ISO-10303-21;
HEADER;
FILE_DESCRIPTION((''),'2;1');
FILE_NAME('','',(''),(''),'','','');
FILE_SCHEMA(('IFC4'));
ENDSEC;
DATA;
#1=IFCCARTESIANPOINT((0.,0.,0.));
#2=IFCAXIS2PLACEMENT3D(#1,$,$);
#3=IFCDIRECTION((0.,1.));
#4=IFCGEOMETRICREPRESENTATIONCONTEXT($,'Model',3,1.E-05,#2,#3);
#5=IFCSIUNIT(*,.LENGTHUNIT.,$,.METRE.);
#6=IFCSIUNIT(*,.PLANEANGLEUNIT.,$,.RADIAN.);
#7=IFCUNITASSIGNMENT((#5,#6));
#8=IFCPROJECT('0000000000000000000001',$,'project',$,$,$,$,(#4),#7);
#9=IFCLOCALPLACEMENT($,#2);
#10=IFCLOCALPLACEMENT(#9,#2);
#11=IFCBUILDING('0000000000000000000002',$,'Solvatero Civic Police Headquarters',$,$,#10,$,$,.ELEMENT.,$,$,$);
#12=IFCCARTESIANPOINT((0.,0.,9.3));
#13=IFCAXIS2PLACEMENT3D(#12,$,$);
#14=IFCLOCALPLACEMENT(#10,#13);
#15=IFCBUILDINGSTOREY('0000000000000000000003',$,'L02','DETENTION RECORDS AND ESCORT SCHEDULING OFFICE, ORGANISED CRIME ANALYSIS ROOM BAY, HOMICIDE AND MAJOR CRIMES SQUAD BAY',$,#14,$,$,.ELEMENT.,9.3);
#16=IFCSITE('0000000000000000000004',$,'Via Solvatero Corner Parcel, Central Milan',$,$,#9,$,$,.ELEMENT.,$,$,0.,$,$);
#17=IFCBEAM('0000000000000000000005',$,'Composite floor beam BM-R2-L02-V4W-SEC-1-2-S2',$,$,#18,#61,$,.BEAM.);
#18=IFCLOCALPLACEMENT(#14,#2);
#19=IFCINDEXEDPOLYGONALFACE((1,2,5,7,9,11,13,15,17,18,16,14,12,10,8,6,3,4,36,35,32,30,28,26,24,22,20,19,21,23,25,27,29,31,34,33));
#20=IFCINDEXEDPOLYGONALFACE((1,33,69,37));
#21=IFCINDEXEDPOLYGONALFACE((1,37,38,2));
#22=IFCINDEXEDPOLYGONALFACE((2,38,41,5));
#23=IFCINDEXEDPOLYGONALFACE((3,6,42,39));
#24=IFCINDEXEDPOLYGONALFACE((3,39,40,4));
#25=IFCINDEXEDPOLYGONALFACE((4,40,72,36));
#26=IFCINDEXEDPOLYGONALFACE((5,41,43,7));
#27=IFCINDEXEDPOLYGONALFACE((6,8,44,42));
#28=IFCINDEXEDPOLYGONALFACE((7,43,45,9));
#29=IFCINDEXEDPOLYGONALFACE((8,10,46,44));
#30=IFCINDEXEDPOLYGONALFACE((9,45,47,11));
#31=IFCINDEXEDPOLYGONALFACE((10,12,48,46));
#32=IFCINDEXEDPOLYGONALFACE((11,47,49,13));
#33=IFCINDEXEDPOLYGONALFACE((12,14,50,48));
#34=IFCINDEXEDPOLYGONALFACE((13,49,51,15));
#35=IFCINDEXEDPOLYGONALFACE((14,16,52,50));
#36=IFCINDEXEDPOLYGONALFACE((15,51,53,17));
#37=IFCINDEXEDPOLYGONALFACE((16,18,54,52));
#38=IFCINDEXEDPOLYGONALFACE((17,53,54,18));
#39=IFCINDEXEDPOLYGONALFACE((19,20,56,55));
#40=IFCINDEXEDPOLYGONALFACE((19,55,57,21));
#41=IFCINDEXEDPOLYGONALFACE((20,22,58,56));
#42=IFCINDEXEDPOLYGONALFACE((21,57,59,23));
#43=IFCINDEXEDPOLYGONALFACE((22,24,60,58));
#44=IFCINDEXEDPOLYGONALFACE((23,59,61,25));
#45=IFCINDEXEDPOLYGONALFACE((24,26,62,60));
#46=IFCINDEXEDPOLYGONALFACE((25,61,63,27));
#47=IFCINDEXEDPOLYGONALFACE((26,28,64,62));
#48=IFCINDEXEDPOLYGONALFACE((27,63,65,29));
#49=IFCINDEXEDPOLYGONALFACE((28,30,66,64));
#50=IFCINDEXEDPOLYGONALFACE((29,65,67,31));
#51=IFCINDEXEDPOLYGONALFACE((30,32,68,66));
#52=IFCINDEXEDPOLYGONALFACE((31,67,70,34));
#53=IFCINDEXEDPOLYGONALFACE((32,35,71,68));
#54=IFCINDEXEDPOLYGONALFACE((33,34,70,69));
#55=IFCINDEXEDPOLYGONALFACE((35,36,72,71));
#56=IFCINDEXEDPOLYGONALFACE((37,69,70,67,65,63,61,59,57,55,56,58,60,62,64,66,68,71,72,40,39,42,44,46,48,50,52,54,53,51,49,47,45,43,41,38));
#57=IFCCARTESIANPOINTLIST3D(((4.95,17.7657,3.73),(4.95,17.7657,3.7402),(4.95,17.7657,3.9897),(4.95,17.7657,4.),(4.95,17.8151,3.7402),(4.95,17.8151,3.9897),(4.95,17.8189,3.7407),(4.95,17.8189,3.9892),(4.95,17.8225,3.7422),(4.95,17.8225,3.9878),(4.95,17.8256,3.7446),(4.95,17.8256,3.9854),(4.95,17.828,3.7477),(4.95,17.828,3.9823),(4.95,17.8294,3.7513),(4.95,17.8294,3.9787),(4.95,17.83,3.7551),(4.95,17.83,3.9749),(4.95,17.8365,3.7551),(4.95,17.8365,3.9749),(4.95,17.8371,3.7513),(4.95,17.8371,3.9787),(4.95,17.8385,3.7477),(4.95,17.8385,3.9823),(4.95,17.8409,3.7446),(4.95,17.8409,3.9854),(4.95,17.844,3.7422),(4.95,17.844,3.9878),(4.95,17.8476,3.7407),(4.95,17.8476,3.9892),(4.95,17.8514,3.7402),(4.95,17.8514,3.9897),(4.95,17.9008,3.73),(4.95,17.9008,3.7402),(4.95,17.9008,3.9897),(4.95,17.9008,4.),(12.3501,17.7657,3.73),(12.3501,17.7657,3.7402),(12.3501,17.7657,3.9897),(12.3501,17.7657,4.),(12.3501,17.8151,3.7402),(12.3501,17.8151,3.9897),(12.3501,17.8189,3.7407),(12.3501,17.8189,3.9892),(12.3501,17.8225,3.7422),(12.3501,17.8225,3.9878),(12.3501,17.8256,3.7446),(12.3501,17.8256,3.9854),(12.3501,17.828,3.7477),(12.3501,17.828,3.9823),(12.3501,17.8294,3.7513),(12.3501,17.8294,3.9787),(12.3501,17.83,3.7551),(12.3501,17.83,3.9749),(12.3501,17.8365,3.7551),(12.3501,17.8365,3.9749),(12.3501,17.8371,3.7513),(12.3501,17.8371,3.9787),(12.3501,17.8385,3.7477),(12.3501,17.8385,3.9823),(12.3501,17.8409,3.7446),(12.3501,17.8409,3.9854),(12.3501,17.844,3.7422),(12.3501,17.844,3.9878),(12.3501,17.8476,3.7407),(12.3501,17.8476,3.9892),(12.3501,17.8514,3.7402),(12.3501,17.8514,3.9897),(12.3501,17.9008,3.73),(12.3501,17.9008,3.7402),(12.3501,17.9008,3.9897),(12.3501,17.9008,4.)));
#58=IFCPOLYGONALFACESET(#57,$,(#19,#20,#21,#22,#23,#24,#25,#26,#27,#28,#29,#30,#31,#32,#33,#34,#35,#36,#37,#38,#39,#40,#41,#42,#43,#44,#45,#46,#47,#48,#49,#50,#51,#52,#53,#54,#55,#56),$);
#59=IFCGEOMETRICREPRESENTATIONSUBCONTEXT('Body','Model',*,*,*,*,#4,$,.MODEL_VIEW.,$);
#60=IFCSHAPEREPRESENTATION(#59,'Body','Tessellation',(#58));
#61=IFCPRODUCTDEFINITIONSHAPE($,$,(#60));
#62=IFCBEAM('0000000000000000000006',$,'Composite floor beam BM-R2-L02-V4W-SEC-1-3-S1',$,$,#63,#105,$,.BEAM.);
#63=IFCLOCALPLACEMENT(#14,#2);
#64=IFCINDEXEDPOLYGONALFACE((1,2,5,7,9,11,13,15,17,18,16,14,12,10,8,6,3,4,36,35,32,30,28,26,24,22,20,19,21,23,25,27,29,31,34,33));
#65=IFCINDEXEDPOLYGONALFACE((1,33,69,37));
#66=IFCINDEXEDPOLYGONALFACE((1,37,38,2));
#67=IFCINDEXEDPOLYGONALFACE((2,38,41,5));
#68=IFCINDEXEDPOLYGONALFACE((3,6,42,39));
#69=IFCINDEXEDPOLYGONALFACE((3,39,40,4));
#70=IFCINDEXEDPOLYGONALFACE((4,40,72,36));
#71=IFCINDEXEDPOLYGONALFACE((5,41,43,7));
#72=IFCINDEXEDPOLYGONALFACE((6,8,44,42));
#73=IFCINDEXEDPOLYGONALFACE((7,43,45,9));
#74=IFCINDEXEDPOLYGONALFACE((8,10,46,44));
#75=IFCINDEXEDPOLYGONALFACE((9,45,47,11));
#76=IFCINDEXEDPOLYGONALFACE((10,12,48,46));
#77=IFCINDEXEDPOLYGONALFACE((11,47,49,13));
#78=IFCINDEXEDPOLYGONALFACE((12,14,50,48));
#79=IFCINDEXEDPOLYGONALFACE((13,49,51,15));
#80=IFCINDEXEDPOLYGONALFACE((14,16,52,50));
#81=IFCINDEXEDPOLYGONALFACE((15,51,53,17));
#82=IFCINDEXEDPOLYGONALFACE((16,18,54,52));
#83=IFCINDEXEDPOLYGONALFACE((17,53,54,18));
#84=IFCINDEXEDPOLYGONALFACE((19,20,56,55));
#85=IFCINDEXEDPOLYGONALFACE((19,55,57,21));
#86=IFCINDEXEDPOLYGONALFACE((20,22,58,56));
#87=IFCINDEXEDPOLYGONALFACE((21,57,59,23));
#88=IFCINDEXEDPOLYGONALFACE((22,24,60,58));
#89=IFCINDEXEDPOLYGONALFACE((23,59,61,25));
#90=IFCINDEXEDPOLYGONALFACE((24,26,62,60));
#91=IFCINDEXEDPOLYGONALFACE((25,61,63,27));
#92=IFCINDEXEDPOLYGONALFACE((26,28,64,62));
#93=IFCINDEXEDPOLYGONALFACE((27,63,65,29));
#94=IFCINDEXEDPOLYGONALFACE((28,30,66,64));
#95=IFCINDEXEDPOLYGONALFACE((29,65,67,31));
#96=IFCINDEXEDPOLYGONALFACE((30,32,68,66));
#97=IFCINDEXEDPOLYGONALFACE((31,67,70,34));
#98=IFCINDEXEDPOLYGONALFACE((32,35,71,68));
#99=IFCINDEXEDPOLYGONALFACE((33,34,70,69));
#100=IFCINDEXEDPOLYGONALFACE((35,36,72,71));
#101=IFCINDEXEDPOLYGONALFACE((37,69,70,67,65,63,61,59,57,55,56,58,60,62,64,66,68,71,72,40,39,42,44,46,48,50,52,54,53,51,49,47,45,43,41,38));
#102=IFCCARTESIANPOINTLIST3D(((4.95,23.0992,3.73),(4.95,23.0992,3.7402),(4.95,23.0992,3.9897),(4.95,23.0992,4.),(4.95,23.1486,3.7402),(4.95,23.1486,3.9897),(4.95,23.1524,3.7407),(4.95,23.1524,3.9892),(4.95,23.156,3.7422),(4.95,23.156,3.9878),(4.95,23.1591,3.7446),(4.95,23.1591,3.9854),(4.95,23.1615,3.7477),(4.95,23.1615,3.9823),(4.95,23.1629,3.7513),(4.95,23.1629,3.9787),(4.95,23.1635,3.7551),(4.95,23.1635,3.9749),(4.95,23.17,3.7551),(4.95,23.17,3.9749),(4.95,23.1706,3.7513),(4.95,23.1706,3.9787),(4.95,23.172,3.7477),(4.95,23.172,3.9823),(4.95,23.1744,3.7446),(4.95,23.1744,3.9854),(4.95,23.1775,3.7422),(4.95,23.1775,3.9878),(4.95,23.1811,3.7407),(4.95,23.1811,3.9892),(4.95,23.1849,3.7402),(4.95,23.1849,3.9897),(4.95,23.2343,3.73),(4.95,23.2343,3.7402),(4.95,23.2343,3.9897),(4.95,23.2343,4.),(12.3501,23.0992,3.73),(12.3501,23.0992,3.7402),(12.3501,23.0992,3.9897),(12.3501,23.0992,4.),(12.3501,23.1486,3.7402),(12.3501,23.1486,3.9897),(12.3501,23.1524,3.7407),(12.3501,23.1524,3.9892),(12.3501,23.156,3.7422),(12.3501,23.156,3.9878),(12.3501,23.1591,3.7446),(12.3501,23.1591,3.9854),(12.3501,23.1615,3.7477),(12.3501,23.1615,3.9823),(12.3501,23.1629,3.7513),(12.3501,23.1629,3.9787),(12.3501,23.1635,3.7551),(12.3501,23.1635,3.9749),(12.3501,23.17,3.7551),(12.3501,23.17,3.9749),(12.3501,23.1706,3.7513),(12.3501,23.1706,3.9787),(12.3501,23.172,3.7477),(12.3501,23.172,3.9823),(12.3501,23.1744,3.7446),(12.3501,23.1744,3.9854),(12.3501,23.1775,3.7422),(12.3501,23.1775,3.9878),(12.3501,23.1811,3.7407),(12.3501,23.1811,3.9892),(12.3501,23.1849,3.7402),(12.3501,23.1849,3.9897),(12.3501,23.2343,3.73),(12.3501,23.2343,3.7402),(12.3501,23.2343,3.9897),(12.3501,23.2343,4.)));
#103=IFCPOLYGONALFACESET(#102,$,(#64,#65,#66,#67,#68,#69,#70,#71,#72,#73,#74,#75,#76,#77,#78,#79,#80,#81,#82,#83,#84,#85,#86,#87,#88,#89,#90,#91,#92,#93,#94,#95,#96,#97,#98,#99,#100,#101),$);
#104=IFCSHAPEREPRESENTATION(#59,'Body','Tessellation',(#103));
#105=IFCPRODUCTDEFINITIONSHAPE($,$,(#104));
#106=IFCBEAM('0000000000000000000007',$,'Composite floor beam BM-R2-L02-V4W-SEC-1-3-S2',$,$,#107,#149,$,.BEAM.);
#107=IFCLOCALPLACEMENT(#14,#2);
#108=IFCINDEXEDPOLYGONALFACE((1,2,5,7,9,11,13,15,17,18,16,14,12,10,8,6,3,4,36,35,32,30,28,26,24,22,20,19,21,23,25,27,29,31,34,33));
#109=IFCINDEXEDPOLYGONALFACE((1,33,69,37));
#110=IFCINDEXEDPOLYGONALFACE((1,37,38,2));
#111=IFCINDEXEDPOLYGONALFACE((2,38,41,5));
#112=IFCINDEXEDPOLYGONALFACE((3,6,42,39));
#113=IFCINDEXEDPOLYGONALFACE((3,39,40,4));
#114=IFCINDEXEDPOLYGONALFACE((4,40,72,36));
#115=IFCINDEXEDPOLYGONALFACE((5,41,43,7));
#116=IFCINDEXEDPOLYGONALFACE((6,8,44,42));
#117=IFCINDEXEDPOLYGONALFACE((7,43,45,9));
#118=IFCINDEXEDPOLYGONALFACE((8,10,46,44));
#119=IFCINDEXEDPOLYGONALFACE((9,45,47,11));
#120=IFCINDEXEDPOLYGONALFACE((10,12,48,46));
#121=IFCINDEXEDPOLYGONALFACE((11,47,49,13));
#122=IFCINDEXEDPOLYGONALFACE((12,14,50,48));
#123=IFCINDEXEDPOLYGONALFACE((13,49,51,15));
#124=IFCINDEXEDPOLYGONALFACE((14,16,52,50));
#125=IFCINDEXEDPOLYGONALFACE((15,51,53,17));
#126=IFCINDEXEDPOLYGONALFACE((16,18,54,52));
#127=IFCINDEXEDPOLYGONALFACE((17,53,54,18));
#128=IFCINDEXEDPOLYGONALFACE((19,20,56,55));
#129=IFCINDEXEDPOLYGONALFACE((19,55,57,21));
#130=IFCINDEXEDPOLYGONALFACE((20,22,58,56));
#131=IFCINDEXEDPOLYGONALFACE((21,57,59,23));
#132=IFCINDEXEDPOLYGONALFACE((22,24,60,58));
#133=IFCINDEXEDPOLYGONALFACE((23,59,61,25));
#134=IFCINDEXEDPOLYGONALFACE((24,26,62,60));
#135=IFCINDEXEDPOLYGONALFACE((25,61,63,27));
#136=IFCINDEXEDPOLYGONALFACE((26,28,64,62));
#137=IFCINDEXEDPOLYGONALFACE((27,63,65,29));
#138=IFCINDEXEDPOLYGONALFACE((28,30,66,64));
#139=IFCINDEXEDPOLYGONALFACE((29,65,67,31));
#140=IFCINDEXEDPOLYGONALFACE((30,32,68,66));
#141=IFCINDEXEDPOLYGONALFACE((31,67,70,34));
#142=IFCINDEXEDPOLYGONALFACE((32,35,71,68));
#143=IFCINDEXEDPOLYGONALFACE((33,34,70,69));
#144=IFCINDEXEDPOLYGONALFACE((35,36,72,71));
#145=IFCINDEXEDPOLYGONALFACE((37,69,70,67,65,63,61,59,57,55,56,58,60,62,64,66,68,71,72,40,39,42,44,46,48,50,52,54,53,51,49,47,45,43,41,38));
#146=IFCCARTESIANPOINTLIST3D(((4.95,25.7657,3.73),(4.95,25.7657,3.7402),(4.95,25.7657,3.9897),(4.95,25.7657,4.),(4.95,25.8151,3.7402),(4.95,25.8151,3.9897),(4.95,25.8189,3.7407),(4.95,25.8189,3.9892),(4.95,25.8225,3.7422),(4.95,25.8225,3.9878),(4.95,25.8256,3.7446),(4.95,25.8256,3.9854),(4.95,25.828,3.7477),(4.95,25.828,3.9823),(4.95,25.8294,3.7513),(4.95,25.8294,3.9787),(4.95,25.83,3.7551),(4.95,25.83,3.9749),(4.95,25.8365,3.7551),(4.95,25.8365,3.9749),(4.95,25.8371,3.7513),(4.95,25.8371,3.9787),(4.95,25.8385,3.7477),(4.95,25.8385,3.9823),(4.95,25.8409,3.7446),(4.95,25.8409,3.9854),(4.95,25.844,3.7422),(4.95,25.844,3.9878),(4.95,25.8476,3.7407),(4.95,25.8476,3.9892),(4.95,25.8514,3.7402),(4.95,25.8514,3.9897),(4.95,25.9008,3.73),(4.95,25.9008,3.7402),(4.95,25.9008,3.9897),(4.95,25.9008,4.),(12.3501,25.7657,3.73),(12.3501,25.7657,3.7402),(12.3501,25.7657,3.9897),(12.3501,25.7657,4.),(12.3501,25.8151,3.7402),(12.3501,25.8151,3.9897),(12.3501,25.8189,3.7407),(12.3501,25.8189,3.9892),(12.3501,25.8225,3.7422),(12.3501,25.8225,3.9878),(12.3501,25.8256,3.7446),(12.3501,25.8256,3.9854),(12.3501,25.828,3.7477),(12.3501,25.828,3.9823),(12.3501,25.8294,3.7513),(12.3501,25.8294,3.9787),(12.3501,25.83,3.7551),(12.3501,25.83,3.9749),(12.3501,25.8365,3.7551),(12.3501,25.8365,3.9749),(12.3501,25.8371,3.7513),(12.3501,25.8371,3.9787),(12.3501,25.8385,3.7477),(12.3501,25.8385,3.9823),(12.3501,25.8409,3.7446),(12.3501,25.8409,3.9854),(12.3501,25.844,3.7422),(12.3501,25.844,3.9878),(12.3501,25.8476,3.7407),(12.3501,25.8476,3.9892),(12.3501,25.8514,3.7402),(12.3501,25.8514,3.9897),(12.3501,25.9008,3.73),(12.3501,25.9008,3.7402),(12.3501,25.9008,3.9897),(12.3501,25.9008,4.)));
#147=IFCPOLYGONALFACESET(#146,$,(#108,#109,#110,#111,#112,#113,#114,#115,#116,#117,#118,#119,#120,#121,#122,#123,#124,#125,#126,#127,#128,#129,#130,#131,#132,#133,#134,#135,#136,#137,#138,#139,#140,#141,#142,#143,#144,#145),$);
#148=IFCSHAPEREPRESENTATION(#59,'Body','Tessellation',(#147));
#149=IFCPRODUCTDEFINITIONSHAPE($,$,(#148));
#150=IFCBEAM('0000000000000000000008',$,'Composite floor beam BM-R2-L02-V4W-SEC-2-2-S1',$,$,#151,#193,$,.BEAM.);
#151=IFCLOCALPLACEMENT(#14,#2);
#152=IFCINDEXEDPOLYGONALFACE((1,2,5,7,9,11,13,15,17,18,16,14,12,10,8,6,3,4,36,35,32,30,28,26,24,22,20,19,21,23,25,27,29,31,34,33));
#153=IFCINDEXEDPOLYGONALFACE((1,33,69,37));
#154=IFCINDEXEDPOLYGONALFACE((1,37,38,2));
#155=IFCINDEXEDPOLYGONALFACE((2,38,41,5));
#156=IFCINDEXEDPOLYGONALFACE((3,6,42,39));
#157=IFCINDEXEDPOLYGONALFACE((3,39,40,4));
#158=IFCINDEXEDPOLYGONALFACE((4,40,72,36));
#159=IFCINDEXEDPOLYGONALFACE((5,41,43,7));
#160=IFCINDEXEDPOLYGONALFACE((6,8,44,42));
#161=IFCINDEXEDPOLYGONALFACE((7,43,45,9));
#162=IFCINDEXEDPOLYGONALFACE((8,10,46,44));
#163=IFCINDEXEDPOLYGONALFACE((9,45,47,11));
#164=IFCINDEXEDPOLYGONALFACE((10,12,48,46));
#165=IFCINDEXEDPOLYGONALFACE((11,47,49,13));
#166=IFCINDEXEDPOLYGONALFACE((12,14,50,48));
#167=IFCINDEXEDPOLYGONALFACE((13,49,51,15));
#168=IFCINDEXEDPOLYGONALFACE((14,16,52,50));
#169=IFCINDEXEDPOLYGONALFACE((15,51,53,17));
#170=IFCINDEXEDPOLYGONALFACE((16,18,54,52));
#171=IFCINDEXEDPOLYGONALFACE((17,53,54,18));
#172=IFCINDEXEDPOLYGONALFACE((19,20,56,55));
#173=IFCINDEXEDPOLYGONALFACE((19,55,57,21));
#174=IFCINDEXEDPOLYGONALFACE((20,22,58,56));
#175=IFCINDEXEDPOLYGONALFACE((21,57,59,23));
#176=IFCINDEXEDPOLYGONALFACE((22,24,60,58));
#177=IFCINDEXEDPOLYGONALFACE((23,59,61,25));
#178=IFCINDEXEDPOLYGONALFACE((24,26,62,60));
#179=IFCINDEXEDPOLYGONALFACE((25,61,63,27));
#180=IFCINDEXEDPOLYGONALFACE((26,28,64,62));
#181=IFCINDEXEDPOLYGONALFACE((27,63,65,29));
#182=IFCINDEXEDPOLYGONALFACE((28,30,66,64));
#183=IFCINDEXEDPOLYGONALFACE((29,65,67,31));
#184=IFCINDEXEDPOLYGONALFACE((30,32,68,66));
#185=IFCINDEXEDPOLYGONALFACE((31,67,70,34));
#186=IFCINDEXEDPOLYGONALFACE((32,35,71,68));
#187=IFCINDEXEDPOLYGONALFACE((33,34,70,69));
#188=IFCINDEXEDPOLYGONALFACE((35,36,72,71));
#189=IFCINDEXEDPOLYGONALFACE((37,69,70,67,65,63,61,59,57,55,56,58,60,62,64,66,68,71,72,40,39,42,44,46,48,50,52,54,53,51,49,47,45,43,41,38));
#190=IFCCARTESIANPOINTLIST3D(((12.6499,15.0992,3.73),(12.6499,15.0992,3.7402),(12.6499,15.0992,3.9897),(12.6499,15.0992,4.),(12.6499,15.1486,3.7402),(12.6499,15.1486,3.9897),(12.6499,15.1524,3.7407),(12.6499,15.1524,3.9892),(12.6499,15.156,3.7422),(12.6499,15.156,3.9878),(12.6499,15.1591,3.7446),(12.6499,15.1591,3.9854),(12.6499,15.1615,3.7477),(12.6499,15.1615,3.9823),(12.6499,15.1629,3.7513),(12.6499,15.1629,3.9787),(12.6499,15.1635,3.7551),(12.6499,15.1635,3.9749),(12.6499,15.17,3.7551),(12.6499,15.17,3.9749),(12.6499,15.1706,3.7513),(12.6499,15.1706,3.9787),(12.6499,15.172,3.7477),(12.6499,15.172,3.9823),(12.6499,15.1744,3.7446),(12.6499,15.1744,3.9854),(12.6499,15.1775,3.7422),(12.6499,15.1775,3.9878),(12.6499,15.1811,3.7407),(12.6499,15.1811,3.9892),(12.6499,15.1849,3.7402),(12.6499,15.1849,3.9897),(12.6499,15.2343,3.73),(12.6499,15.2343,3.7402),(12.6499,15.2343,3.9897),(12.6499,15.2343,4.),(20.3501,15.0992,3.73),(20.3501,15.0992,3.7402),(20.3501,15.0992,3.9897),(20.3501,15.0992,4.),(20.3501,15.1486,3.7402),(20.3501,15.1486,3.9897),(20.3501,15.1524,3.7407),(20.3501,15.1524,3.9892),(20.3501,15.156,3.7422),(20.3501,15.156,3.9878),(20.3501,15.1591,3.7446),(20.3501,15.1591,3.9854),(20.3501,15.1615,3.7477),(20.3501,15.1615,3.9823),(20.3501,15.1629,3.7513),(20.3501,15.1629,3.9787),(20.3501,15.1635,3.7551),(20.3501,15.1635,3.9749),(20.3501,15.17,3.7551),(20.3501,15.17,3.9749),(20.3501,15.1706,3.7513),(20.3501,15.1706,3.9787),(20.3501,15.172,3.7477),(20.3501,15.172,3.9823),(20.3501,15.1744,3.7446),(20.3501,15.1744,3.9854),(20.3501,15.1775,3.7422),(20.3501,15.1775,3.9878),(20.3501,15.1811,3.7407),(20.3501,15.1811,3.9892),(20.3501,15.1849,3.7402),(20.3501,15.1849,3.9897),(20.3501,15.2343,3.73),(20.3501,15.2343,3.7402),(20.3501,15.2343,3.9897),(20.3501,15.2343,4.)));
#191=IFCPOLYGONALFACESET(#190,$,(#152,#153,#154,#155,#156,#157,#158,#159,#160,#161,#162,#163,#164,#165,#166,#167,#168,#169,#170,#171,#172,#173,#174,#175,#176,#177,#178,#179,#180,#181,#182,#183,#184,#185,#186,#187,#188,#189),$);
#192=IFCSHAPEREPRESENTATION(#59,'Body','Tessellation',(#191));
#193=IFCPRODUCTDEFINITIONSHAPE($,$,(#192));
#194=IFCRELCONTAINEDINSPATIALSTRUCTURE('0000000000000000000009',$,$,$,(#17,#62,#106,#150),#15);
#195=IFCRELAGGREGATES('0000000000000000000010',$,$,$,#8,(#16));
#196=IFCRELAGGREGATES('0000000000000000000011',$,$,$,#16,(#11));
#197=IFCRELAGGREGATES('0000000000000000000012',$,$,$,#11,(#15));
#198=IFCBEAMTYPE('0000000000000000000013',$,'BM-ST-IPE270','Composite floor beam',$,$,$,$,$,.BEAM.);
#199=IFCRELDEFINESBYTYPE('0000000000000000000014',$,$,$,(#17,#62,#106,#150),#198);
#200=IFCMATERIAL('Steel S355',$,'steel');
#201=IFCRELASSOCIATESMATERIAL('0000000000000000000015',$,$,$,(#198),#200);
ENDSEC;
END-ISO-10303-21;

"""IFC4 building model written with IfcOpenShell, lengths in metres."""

from ifc_helpers import new_model, si_unit, direction, frame, origin, origin_2d, place, context, subcontext, project, spatial, i_section, extrude, material, material_profile, profile_set, type_object, element, save


model = new_model("IFC4")

# Units and contexts
model_context = context("Model", 3, precision=1e-05, world=origin(), true_north=direction((0.0, 1.0)))
body_context = subcontext(model_context, "Body", "Model", "MODEL_VIEW")
ifc_project = project(units=[si_unit("LENGTHUNIT", "METRE"), si_unit("PLANEANGLEUNIT", "RADIAN")], contexts=[model_context])

# Site, building, storey
site_placement = place(None, origin())
site = spatial("IfcSite", under=ifc_project, at=site_placement, Name="Via Solvatero Corner Parcel, Central Milan", CompositionType="ELEMENT", RefElevation=0.0)
building_placement = place(site_placement, origin())
building = spatial("IfcBuilding", under=site, at=building_placement, Name="Solvatero Civic Police Headquarters", CompositionType="ELEMENT")
storey_placement = place(building_placement, frame((0.0, 0.0, 9.3)))
storey = spatial("IfcBuildingStorey", under=building, at=storey_placement, Name="L02", Description="DETENTION RECORDS AND ESCORT SCHEDULING OFFICE, ORGANISED CRIME ANALYSIS ROOM BAY, HOMICIDE AND MAJOR CRIMES SQUAD BAY", CompositionType="ELEMENT", Elevation=9.3)

# Shared definitions
ifc_material_1 = material(Name="Steel S355", Category="steel")

# Beams
ifc_material_profile_1 = material_profile(ifc_material_1, i_section(OverallWidth=0.135, OverallDepth=0.27, WebThickness=0.0066, FlangeThickness=0.0103, FilletRadius=0.0149, at=origin_2d()), Name="IPE 270")
ifc_profile_set_1 = profile_set([ifc_material_profile_1], Name="Steel S355")
beam_type_1 = type_object("IfcBeamType", Name="BM-ST-IPE270", Description="Composite floor beam", PredefinedType="BEAM", material=ifc_profile_set_1)
for number, where, z_axis, x_axis, name in (
    (1, (4.95, 17.8333, 3.865), (1.0, 0.0, 0.0), (0.0, 1.0, 0.0), "Composite floor beam BM-R2-L02-V4W-SEC-1-2-S2"),
    (2, (4.95, 23.1667, 3.865), (1.0, 0.0, 0.0), (0.0, 1.0, 0.0), "Composite floor beam BM-R2-L02-V4W-SEC-1-3-S1"),
    (3, (4.95, 25.8333, 3.865), (1.0, 0.0, 0.0), (0.0, 1.0, 0.0), "Composite floor beam BM-R2-L02-V4W-SEC-1-3-S2"),
):
    element("IfcBeam", number, at=place(storey_placement, frame(where, z_axis=z_axis, x_axis=x_axis)), inside=storey, type_object=beam_type_1, Name=name, PredefinedType="BEAM", context=body_context, shape_type="SweptSolid", body=[
        extrude(i_section(OverallWidth=0.135, OverallDepth=0.27, WebThickness=0.0066, FlangeThickness=0.0103, FilletRadius=0.0149, at=origin_2d()), origin(), (0.0, 0.0, 1.0), 7.4001),
    ])
for number, where, z_axis, x_axis, name in (
    (4, (12.6499, 15.1667, 3.865), (1.0, 0.0, 0.0), (0.0, 1.0, 0.0), "Composite floor beam BM-R2-L02-V4W-SEC-2-2-S1"),
):
    element("IfcBeam", number, at=place(storey_placement, frame(where, z_axis=z_axis, x_axis=x_axis)), inside=storey, type_object=beam_type_1, Name=name, PredefinedType="BEAM", context=body_context, shape_type="SweptSolid", body=[
        extrude(i_section(OverallWidth=0.135, OverallDepth=0.27, WebThickness=0.0066, FlangeThickness=0.0103, FilletRadius=0.0149, at=origin_2d()), origin(), (0.0, 0.0, 1.0), 7.7002),
    ])

save(model, "model.ifc")
